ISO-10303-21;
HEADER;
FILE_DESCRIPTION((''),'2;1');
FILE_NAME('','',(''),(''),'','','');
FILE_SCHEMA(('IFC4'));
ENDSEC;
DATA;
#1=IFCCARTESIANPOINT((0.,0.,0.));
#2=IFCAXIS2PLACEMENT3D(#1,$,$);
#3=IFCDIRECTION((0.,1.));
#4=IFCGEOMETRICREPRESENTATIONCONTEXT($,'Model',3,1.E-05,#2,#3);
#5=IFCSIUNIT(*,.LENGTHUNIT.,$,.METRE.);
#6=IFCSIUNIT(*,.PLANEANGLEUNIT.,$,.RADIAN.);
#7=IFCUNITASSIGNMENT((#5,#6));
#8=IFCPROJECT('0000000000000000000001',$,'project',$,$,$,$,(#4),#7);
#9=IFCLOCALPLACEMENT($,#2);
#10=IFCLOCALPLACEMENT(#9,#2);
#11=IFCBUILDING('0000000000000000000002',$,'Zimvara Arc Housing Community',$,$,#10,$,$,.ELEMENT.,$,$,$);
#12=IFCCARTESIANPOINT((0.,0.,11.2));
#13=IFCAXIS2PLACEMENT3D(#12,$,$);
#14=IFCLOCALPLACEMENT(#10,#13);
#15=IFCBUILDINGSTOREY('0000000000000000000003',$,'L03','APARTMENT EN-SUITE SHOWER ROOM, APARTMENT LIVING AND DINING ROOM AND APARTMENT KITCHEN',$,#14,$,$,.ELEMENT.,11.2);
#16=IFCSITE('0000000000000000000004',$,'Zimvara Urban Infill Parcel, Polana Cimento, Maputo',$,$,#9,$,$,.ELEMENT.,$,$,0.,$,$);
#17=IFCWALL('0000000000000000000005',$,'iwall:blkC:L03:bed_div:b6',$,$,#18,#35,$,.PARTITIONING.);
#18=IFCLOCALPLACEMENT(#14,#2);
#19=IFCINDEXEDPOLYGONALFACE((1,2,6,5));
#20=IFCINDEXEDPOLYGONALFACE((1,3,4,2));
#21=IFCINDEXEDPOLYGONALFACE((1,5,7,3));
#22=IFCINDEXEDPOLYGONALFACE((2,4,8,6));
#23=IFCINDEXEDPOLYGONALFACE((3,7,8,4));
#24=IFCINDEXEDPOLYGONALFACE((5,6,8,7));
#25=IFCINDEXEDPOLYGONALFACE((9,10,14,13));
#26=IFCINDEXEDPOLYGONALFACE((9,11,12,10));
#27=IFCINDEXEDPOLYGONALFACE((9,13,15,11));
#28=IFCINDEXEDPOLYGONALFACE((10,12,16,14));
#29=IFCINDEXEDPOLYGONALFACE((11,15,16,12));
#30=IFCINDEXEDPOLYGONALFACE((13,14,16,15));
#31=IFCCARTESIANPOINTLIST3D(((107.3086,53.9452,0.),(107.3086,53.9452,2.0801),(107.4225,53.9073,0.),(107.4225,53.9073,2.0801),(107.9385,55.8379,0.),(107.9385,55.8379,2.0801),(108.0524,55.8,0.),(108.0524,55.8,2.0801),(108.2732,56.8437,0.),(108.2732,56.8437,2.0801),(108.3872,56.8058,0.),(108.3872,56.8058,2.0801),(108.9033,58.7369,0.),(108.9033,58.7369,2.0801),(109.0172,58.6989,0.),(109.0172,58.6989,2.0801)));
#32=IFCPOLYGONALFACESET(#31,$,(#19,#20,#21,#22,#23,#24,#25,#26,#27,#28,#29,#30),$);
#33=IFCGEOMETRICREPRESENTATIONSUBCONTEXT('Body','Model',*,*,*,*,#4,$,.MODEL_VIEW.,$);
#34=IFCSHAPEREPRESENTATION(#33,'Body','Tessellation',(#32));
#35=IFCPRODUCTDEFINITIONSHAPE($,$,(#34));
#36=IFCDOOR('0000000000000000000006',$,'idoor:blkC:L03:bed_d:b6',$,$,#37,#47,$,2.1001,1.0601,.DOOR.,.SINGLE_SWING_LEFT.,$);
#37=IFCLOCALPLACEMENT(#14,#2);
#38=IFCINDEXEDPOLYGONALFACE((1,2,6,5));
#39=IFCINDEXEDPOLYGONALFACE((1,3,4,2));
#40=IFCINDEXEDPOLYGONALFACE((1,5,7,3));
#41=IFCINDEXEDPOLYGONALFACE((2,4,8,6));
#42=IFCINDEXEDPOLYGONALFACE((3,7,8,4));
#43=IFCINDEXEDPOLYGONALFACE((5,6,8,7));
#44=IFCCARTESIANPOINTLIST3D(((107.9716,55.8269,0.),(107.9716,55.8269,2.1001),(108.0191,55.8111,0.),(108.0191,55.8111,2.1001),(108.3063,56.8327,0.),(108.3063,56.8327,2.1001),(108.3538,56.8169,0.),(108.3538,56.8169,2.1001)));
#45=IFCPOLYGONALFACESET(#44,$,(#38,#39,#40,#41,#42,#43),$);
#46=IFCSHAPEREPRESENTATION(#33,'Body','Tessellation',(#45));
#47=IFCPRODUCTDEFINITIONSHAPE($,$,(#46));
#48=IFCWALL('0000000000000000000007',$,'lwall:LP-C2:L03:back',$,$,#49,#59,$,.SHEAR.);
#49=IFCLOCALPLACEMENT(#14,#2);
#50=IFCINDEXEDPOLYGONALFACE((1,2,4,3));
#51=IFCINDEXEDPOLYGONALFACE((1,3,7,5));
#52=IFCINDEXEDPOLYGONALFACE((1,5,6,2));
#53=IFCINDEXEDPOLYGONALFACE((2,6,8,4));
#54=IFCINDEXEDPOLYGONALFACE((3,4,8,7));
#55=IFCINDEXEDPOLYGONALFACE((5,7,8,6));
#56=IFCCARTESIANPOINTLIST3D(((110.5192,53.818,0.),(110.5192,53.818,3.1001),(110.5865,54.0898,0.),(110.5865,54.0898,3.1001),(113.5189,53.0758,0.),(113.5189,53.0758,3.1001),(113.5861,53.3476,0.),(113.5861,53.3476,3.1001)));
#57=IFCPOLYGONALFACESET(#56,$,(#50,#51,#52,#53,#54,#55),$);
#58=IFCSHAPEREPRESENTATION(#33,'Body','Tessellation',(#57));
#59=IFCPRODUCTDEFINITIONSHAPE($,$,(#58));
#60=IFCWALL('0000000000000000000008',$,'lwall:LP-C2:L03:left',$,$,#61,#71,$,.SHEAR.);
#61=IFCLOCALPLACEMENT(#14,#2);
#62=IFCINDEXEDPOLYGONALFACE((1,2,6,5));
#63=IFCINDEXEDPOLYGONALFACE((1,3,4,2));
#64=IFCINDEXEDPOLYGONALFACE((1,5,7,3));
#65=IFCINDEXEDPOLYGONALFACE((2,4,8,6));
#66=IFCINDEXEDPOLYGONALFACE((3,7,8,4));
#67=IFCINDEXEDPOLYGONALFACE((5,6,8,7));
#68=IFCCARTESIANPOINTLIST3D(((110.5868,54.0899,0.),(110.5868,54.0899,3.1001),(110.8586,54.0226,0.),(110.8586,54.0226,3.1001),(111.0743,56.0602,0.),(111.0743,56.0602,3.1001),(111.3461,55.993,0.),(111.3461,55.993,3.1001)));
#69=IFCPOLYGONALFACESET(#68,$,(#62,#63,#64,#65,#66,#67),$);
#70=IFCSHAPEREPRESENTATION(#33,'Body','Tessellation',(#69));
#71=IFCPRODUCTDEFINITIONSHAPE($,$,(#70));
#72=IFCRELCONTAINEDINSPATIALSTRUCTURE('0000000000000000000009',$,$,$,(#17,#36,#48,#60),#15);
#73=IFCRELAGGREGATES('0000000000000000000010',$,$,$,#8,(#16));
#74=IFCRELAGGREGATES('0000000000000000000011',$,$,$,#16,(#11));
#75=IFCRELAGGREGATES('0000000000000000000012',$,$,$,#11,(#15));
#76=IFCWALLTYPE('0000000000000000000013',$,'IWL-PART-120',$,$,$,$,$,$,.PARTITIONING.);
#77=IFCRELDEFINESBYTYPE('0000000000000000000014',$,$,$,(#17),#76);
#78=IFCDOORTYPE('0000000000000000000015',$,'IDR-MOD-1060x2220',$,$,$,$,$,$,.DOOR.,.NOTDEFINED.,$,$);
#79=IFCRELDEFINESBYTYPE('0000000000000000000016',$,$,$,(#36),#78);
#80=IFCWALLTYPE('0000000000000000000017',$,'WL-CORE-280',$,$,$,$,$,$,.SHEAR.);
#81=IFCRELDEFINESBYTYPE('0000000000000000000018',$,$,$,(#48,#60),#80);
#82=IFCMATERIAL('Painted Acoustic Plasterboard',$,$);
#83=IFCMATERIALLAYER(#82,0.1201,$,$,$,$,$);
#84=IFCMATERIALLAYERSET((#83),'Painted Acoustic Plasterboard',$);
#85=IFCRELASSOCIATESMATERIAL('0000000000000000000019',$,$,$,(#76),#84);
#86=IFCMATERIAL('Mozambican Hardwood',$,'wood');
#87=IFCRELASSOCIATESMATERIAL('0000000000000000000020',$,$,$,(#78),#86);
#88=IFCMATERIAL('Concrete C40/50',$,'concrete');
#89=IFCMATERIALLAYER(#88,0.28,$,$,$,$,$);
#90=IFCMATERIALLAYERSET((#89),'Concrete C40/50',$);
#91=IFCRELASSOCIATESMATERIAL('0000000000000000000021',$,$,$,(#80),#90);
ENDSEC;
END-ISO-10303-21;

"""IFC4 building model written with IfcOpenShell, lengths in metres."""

from ifc_helpers import new_model, si_unit, direction, frame, frame_2d, origin, place, context, subcontext, project, spatial, rectangle, extrude, material, layer, layer_set, type_object, element, fill, save


model = new_model("IFC4")

# Units and contexts
model_context = context("Model", 3, precision=1e-05, world=origin(), true_north=direction((0.0, 1.0)))
body_context = subcontext(model_context, "Body", "Model", "MODEL_VIEW")
ifc_project = project(units=[si_unit("LENGTHUNIT", "METRE"), si_unit("PLANEANGLEUNIT", "RADIAN")], contexts=[model_context])

# Site, building, storey
site_placement = place(None, origin())
site = spatial("IfcSite", under=ifc_project, at=site_placement, Name="Zimvara Urban Infill Parcel, Polana Cimento, Maputo", CompositionType="ELEMENT", RefElevation=0.0)
building_placement = place(site_placement, origin())
building = spatial("IfcBuilding", under=site, at=building_placement, Name="Zimvara Arc Housing Community", CompositionType="ELEMENT")
storey_placement = place(building_placement, frame((0.0, 0.0, 11.2)))
storey = spatial("IfcBuildingStorey", under=building, at=storey_placement, Name="L03", Description="APARTMENT EN-SUITE SHOWER ROOM, APARTMENT LIVING AND DINING ROOM AND APARTMENT KITCHEN", CompositionType="ELEMENT", Elevation=11.2)

# Wall, opening, door
ifc_material_1 = material(Name="Painted Acoustic Plasterboard")
ifc_layer_1 = layer(ifc_material_1, 0.1201)
ifc_layer_set_1 = layer_set([ifc_layer_1], Name="Painted Acoustic Plasterboard")
wall_type_1 = type_object("IfcWallType", Name="IWL-PART-120", PredefinedType="PARTITIONING", material=ifc_layer_set_1)
wall_1_placement = place(storey_placement, frame((108.9602, 58.7178, 0.0), z_axis=(0.0, 0.0, 1.0), x_axis=(-0.315778, -0.948833, 0.0)))
wall_1 = element("IfcWall", 1, at=wall_1_placement, inside=storey, type_object=wall_type_1, Name="iwall:blkC:L03:bed_div:b6", PredefinedType="PARTITIONING", context=body_context, shape_type="SweptSolid", body=[
    extrude(rectangle(XDim=5.05, YDim=0.1201, at=frame_2d((2.5249, 0.0))), origin(), (0.0, 0.0, 1.0), 2.0801),
])
opening_1_placement = place(wall_1_placement, frame((1.9951, 0.0, 0.0)))
opening_1 = element("IfcOpeningElement", 2, at=opening_1_placement, cuts=wall_1, PredefinedType="OPENING", context=body_context, shape_type="SweptSolid", body=[
    extrude(rectangle(XDim=1.0601, YDim=2.1001, at=frame_2d((0.53, 1.05))), frame((0.0, 0.0701, 0.0), z_axis=(0.0, -1.0, 0.0), x_axis=(1.0, 0.0, 0.0)), (0.0, 0.0, 1.0), 0.1401),
])
ifc_material_2 = material(Name="Mozambican Hardwood", Category="wood")
door_type_1 = type_object("IfcDoorType", Name="IDR-MOD-1060x2220", OperationType="NOTDEFINED", PredefinedType="DOOR", material=ifc_material_2)
door_1_placement = place(opening_1_placement, origin())
door_1 = element("IfcDoor", 3, at=door_1_placement, inside=storey, type_object=door_type_1, Name="idoor:blkC:L03:bed_d:b6", OperationType="SINGLE_SWING_LEFT", OverallHeight=2.1001, OverallWidth=1.0601, PredefinedType="DOOR", context=body_context, shape_type="SweptSolid", body=[
    extrude(rectangle(XDim=1.0601, YDim=2.1001, at=frame_2d((0.53, 1.05))), frame((0.0, 0.0249, 0.0), z_axis=(0.0, -1.0, 0.0), x_axis=(1.0, 0.0, 0.0)), (0.0, 0.0, 1.0), 0.05),
])
fill(opening_1, door_1)
ifc_material_3 = material(Name="Concrete C40/50", Category="concrete")
ifc_layer_2 = layer(ifc_material_3, 0.28)
ifc_layer_set_2 = layer_set([ifc_layer_2], Name="Concrete C40/50")
wall_type_2 = type_object("IfcWallType", Name="WL-CORE-280", PredefinedType="SHEAR", material=ifc_layer_set_2)

# Walls
wall_2_placement = place(storey_placement, frame((110.553, 53.9539, 0.0), z_axis=(0.0, 0.0, 1.0), x_axis=(0.970725, -0.240192, 0.0)))
element("IfcWall", 4, at=wall_2_placement, inside=storey, type_object=wall_type_2, Name="lwall:LP-C2:L03:back", PredefinedType="SHEAR", context=body_context, shape_type="SweptSolid", body=[
    extrude(rectangle(XDim=3.0901, YDim=0.28, at=frame_2d((1.5449, 0.0))), origin(), (0.0, 0.0, 1.0), 3.1001),
])
wall_3_placement = place(storey_placement, frame((111.2102, 56.0266, 0.0), z_axis=(0.0, 0.0, 1.0), x_axis=(-0.240186, -0.970727, 0.0)))
element("IfcWall", 5, at=wall_3_placement, inside=storey, type_object=wall_type_2, Name="lwall:LP-C2:L03:left", PredefinedType="SHEAR", context=body_context, shape_type="SweptSolid", body=[
    extrude(rectangle(XDim=2.0298, YDim=0.28, at=frame_2d((1.0149, 0.0))), origin(), (0.0, 0.0, 1.0), 3.1001),
])

save(model, "model.ifc")
